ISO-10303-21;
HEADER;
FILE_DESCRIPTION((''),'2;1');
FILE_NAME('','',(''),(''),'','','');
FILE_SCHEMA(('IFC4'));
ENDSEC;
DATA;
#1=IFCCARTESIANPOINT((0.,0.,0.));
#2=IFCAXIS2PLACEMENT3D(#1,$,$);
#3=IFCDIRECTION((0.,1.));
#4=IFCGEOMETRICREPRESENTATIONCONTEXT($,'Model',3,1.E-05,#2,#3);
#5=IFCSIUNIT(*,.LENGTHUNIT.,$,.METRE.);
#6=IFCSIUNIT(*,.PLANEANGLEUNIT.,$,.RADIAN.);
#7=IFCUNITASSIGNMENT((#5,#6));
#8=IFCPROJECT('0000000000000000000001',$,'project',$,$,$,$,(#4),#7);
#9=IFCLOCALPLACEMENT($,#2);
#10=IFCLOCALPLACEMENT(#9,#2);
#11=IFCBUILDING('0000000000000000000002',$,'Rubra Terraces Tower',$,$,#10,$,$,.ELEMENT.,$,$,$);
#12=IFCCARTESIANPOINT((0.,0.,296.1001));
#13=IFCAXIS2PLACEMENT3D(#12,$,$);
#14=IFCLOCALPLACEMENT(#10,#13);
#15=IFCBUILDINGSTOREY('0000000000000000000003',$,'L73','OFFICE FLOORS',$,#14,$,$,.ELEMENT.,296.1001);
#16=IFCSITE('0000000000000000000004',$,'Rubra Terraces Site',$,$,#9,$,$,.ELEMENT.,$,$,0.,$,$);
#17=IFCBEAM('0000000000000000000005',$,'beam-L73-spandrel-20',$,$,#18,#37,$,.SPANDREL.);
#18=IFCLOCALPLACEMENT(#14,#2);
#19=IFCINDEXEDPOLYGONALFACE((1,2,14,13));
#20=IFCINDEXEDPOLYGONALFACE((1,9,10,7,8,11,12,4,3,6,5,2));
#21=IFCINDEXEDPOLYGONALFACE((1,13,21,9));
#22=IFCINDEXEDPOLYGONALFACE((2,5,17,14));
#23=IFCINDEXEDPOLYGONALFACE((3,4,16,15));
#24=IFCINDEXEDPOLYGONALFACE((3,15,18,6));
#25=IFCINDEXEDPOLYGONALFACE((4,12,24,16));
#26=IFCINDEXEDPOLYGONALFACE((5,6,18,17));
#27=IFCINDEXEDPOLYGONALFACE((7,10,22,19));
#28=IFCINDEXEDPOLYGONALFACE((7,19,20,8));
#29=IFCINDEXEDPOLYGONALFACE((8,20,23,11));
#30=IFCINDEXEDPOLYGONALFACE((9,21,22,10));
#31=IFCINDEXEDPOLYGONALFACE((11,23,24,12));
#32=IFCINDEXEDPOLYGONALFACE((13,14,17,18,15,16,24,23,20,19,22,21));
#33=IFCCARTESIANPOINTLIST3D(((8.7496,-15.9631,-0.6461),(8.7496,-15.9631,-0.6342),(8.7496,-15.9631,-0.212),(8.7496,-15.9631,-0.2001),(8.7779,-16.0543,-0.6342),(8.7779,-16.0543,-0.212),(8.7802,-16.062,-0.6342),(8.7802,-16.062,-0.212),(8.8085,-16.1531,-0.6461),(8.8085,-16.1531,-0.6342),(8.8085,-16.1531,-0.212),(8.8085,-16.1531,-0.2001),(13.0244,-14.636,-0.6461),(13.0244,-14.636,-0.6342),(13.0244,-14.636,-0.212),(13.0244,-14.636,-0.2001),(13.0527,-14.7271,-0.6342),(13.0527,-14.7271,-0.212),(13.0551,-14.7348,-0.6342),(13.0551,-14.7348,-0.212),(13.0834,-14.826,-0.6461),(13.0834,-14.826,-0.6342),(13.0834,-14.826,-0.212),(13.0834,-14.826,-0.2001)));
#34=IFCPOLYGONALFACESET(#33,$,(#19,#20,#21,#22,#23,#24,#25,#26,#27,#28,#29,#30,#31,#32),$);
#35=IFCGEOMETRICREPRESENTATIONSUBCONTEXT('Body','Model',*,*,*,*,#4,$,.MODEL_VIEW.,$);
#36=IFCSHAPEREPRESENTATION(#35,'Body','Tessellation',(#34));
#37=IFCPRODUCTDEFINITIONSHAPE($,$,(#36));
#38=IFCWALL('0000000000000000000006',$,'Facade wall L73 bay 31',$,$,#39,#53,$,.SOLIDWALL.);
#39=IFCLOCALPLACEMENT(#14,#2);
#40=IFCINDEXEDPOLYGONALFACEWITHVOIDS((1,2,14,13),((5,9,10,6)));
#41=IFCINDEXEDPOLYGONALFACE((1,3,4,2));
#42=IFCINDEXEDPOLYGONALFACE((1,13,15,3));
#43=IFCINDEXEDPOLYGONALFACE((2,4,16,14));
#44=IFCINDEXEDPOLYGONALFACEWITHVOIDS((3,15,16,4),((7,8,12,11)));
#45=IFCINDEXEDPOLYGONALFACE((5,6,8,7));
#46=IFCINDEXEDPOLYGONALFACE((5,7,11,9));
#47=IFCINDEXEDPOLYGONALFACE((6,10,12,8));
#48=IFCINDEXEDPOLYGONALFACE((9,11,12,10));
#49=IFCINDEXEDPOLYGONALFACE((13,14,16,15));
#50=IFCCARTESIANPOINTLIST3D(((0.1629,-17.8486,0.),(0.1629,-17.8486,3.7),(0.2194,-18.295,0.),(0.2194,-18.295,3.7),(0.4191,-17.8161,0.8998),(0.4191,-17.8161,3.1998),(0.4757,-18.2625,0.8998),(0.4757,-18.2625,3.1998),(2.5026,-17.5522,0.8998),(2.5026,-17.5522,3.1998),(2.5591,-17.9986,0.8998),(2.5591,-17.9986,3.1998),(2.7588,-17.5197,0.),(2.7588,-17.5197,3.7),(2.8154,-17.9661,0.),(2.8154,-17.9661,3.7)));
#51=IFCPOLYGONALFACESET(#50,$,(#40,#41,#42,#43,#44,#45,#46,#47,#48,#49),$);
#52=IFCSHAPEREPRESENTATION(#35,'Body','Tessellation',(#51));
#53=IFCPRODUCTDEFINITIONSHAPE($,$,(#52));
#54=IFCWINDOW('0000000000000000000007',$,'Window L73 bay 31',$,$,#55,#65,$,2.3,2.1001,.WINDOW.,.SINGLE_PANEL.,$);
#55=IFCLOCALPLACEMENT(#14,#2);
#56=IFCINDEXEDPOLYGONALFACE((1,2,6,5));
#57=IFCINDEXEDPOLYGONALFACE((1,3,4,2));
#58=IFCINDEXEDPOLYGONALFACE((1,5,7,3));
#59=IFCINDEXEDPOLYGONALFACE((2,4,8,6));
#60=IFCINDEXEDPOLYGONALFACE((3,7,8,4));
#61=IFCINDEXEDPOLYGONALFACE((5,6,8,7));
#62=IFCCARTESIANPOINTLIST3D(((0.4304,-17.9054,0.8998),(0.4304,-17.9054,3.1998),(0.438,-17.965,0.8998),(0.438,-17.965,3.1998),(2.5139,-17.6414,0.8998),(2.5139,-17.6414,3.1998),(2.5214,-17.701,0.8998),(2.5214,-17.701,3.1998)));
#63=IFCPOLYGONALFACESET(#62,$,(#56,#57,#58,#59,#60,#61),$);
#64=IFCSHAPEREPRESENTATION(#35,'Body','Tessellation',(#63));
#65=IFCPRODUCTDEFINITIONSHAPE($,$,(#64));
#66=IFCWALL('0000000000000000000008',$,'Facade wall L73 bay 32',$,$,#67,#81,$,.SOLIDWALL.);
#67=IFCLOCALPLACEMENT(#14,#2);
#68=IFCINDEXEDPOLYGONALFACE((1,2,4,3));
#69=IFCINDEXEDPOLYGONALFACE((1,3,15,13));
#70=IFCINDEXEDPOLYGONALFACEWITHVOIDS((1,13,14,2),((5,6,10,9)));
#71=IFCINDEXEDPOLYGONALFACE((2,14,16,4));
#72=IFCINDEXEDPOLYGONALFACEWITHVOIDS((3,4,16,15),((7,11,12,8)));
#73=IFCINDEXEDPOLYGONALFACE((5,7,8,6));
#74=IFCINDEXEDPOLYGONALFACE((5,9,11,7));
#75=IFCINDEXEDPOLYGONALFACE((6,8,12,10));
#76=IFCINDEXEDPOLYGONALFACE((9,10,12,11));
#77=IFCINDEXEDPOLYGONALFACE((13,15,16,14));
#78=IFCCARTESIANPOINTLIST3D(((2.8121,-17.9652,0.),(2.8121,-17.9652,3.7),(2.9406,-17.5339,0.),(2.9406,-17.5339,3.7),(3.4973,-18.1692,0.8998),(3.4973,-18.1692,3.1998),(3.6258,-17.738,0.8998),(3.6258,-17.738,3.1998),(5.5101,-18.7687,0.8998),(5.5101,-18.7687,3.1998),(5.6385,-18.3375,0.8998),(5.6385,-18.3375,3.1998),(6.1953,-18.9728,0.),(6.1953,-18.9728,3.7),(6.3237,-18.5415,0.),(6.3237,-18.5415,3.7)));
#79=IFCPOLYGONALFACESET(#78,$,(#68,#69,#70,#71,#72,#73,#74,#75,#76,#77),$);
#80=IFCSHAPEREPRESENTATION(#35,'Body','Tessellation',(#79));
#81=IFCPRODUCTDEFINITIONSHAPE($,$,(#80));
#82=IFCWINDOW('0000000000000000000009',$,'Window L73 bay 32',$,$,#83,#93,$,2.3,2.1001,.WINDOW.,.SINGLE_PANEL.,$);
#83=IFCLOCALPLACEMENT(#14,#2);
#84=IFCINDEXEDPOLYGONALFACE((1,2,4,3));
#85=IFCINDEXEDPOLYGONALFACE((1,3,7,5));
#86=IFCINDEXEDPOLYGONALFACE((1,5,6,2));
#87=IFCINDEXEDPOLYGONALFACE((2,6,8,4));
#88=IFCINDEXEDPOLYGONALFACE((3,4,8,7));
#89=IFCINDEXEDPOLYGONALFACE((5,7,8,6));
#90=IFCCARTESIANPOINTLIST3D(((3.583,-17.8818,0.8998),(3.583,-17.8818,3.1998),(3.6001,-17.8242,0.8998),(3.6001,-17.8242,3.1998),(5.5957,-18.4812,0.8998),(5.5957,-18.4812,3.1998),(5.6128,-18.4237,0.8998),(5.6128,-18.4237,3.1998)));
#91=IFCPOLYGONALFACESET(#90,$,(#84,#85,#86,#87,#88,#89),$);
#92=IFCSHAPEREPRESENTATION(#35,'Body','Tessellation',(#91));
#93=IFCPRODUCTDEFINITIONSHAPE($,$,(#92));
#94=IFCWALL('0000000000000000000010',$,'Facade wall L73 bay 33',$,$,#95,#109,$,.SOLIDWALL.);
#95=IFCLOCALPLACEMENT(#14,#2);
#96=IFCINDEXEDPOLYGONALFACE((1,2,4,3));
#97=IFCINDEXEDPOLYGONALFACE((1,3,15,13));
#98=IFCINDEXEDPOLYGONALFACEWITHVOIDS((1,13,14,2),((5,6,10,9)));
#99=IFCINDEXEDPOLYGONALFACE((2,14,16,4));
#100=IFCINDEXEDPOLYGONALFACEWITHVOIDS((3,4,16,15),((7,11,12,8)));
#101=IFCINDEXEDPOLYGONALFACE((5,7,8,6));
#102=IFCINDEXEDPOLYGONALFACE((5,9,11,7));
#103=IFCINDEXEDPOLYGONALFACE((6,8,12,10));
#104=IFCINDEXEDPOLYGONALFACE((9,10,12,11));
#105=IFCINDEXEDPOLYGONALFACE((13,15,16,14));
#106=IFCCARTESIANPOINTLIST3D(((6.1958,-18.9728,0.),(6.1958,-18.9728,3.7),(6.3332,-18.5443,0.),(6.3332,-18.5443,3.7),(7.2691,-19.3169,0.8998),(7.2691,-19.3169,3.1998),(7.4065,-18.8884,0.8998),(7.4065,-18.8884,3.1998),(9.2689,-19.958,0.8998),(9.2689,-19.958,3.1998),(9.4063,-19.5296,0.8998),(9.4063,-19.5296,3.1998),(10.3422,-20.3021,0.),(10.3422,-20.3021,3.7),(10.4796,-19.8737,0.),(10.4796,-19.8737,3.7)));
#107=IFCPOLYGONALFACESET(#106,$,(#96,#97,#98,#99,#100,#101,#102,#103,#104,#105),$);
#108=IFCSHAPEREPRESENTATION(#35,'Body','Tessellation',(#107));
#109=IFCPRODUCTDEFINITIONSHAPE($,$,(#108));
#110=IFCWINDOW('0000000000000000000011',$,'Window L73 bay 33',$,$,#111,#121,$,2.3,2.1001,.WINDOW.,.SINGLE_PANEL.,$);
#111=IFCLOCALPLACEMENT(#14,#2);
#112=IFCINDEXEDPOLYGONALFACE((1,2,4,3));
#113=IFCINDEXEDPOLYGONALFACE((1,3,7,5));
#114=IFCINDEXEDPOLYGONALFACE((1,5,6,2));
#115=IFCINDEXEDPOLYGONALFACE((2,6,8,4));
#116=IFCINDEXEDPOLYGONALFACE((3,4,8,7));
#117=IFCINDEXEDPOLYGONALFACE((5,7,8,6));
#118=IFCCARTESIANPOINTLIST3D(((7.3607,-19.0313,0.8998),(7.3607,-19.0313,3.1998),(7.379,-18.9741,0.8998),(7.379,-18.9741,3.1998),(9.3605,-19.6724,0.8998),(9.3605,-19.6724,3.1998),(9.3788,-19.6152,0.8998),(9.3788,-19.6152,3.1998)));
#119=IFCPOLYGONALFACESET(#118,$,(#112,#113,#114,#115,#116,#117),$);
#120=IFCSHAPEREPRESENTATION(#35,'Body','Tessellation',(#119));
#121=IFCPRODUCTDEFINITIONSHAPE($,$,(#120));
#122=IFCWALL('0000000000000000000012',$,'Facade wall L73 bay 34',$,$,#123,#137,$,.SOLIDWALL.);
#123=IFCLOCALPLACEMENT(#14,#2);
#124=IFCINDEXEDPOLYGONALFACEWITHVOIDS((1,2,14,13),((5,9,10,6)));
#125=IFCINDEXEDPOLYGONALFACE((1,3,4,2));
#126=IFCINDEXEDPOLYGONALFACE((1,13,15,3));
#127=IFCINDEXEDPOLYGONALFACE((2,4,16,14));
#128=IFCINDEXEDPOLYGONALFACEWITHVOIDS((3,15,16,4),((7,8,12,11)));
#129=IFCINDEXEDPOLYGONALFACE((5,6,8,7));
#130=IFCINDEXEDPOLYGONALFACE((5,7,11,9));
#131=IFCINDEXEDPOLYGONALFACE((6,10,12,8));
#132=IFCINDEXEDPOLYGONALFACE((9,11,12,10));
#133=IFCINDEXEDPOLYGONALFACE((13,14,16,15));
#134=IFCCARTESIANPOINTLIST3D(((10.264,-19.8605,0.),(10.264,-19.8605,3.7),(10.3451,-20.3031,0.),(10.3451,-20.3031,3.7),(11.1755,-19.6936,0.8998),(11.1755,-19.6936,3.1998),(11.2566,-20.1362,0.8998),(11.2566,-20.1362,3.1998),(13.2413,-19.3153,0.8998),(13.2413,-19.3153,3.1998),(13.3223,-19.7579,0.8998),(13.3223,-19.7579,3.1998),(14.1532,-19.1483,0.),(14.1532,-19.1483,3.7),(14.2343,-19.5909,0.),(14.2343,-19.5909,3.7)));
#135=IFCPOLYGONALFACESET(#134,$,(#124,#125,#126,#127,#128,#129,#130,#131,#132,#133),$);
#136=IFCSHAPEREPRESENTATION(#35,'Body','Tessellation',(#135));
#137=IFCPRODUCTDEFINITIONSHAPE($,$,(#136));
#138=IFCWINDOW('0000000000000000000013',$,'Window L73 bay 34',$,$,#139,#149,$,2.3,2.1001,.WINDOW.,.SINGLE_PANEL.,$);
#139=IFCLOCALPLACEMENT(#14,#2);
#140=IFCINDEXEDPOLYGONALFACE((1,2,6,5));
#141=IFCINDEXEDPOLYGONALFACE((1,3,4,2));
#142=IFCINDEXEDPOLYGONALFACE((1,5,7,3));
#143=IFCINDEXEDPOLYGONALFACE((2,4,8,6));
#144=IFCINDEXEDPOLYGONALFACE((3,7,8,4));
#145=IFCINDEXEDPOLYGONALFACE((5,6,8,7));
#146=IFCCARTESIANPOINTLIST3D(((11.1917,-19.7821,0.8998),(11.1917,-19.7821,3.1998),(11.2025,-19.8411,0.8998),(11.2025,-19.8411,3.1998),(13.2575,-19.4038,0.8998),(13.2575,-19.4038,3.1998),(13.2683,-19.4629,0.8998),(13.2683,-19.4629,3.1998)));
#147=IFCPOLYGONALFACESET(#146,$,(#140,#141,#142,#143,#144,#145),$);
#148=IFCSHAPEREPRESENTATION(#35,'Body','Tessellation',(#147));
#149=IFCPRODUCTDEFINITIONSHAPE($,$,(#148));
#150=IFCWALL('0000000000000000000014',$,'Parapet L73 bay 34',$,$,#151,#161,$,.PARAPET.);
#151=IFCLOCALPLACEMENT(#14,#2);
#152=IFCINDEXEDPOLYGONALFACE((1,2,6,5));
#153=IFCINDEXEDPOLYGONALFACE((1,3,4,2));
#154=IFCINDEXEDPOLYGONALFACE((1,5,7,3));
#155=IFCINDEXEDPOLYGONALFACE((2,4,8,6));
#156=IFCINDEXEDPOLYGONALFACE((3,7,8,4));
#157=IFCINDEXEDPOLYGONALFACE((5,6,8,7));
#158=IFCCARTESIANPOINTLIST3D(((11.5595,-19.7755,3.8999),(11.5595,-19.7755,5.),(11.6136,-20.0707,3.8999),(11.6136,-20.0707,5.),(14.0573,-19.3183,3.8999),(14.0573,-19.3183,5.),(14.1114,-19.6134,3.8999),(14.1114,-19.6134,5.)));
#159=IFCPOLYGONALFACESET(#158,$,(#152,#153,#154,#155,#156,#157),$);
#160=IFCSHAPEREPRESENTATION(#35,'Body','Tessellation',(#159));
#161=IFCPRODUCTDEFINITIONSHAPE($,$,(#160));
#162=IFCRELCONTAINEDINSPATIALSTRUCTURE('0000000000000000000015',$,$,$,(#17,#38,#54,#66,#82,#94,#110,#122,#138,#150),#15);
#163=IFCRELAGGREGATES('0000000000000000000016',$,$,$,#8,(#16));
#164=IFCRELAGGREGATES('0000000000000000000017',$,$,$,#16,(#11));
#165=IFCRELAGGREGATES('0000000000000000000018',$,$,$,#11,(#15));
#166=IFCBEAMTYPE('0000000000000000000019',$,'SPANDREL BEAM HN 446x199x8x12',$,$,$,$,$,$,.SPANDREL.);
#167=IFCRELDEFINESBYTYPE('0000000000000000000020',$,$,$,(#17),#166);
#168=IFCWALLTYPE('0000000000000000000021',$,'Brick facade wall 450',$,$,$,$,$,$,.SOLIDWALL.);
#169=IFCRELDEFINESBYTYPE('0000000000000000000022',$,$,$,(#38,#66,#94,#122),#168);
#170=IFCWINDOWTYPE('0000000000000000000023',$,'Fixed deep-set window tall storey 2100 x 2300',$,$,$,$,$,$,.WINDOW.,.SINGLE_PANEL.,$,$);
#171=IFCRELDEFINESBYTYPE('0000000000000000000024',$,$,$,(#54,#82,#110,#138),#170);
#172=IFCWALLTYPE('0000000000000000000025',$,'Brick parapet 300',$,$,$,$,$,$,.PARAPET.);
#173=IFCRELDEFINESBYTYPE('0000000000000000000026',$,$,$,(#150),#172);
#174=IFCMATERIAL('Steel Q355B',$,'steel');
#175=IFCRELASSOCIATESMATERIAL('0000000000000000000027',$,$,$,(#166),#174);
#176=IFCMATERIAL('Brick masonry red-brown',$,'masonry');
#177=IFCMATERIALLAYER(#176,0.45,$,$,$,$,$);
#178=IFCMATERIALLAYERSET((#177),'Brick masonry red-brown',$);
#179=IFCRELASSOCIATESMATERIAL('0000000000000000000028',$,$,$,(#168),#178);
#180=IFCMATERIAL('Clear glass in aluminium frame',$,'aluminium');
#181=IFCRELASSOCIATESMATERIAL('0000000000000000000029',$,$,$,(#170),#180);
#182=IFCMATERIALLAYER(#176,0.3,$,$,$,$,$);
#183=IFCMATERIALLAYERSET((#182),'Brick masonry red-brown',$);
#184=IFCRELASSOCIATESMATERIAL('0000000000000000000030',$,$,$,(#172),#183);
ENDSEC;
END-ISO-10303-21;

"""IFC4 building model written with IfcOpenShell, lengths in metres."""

from ifc_helpers import new_model, si_unit, direction, frame, frame_2d, origin, origin_2d, place, context, subcontext, project, spatial, rectangle, i_section, extrude, material, layer, layer_set, material_profile, profile_set, type_object, element, fill, save


model = new_model("IFC4")

# Units and contexts
model_context = context("Model", 3, precision=1e-05, world=origin(), true_north=direction((0.0, 1.0)))
body_context = subcontext(model_context, "Body", "Model", "MODEL_VIEW")
ifc_project = project(units=[si_unit("LENGTHUNIT", "METRE"), si_unit("PLANEANGLEUNIT", "RADIAN")], contexts=[model_context])

# Site, building, storey
site_placement = place(None, origin())
site = spatial("IfcSite", under=ifc_project, at=site_placement, Name="Rubra Terraces Site", CompositionType="ELEMENT", RefElevation=0.0)
building_placement = place(site_placement, origin())
building = spatial("IfcBuilding", under=site, at=building_placement, Name="Rubra Terraces Tower", CompositionType="ELEMENT")
storey_placement = place(building_placement, frame((0.0, 0.0, 296.1001)))
storey = spatial("IfcBuildingStorey", under=building, at=storey_placement, Name="L73", Description="OFFICE FLOORS", CompositionType="ELEMENT", Elevation=296.1001)

# Beam
ifc_material_1 = material(Name="Steel Q355B", Category="steel")
ifc_material_profile_1 = material_profile(ifc_material_1, i_section(OverallWidth=0.199, OverallDepth=0.446, WebThickness=0.0081, FlangeThickness=0.012, at=origin_2d()), Name="HN 446x199x8x12")
ifc_profile_set_1 = profile_set([ifc_material_profile_1], Name="Steel Q355B")
beam_type_1 = type_object("IfcBeamType", Name="SPANDREL BEAM HN 446x199x8x12", PredefinedType="SPANDREL", material=ifc_profile_set_1)
beam_1_placement = place(storey_placement, frame((8.7791, -16.0581, -0.4231), z_axis=(0.955035, 0.296492, 0.0), x_axis=(-0.296492, 0.955035, 0.0)))
element("IfcBeam", 1, at=beam_1_placement, inside=storey, type_object=beam_type_1, Name="beam-L73-spandrel-20", PredefinedType="SPANDREL", context=body_context, shape_type="SweptSolid", body=[
    extrude(i_section(OverallWidth=0.199, OverallDepth=0.446, WebThickness=0.0081, FlangeThickness=0.012, at=origin_2d()), origin(), (0.0, 0.0, 1.0), 4.4761),
])

# Walls, openings, windows
ifc_material_2 = material(Name="Brick masonry red-brown", Category="masonry")
ifc_layer_1 = layer(ifc_material_2, 0.45)
ifc_layer_set_1 = layer_set([ifc_layer_1], Name="Brick masonry red-brown")
wall_type_1 = type_object("IfcWallType", Name="Brick facade wall 450", PredefinedType="SOLIDWALL", material=ifc_layer_set_1)
wall_1_placement = place(storey_placement, frame((0.1912, -18.0718, 0.0), z_axis=(0.0, 0.0, 1.0), x_axis=(0.992071, 0.125677, 0.0)))
wall_1 = element("IfcWall", 2, at=wall_1_placement, inside=storey, type_object=wall_type_1, Name="Facade wall L73 bay 31", PredefinedType="SOLIDWALL", context=body_context, shape_type="SweptSolid", body=[
    extrude(rectangle(XDim=2.6167, YDim=0.45, at=frame_2d((1.3083, 0.0))), origin(), (0.0, 0.0, 1.0), 3.7),
])
opening_1_placement = place(wall_1_placement, frame((0.2583, 0.0, 0.8999)))
opening_1 = element("IfcOpeningElement", 3, at=opening_1_placement, cuts=wall_1, PredefinedType="OPENING", context=body_context, shape_type="SweptSolid", body=[
    extrude(rectangle(XDim=2.1001, YDim=2.3, at=frame_2d((1.05, 1.1499))), frame((0.0, 0.2349, 0.0), z_axis=(0.0, -1.0, 0.0), x_axis=(1.0, 0.0, 0.0)), (0.0, 0.0, 1.0), 0.47),
])
ifc_material_3 = material(Name="Clear glass in aluminium frame", Category="aluminium")
window_type = type_object("IfcWindowType", Name="Fixed deep-set window tall storey 2100 x 2300", PartitioningType="SINGLE_PANEL", PredefinedType="WINDOW", material=ifc_material_3)
window_1_placement = place(opening_1_placement, origin())
window_1 = element("IfcWindow", 4, at=window_1_placement, inside=storey, type_object=window_type, Name="Window L73 bay 31", OverallHeight=2.3, OverallWidth=2.1001, PartitioningType="SINGLE_PANEL", PredefinedType="WINDOW", context=body_context, shape_type="SweptSolid", body=[
    extrude(rectangle(XDim=2.1001, YDim=2.3, at=frame_2d((1.05, 1.1499))), frame((0.0, 0.135, 0.0), z_axis=(0.0, -1.0, 0.0), x_axis=(1.0, 0.0, 0.0)), (0.0, 0.0, 1.0), 0.0601),
])
fill(opening_1, window_1)
wall_2_placement = place(storey_placement, frame((2.8762, -17.7495, 0.0), z_axis=(0.0, 0.0, 1.0), x_axis=(0.958397, -0.285437, 0.0)))
wall_2 = element("IfcWall", 5, at=wall_2_placement, inside=storey, type_object=wall_type_1, Name="Facade wall L73 bay 32", PredefinedType="SOLIDWALL", context=body_context, shape_type="SweptSolid", body=[
    extrude(rectangle(XDim=3.53, YDim=0.45, at=frame_2d((1.7651, 0.0))), origin(), (0.0, 0.0, 1.0), 3.7),
])
opening_2_placement = place(wall_2_placement, frame((0.7151, 0.0, 0.8999)))
opening_2 = element("IfcOpeningElement", 6, at=opening_2_placement, cuts=wall_2, PredefinedType="OPENING", context=body_context, shape_type="SweptSolid", body=[
    extrude(rectangle(XDim=2.1001, YDim=2.3, at=frame_2d((1.05, 1.1499))), frame((0.0, 0.2349, 0.0), z_axis=(0.0, -1.0, 0.0), x_axis=(1.0, 0.0, 0.0)), (0.0, 0.0, 1.0), 0.47),
])
window_2_placement = place(opening_2_placement, origin())
window_2 = element("IfcWindow", 7, at=window_2_placement, inside=storey, type_object=window_type, Name="Window L73 bay 32", OverallHeight=2.3, OverallWidth=2.1001, PartitioningType="SINGLE_PANEL", PredefinedType="WINDOW", context=body_context, shape_type="SweptSolid", body=[
    extrude(rectangle(XDim=2.1001, YDim=2.3, at=frame_2d((1.05, 1.1499))), frame((0.0, 0.135, 0.0), z_axis=(0.0, -1.0, 0.0), x_axis=(1.0, 0.0, 0.0)), (0.0, 0.0, 1.0), 0.0601),
])
fill(opening_2, window_2)
wall_3_placement = place(storey_placement, frame((6.2644, -18.7585, 0.0), z_axis=(0.0, 0.0, 1.0), x_axis=(0.952259, -0.30529, 0.0)))
wall_3 = element("IfcWall", 8, at=wall_3_placement, inside=storey, type_object=wall_type_1, Name="Facade wall L73 bay 33", PredefinedType="SOLIDWALL", context=body_context, shape_type="SweptSolid", body=[
    extrude(rectangle(XDim=4.3542, YDim=0.45, at=frame_2d((2.1772, 0.0))), origin(), (0.0, 0.0, 1.0), 3.7),
])
opening_3_placement = place(wall_3_placement, frame((1.1272, 0.0, 0.8999)))
opening_3 = element("IfcOpeningElement", 9, at=opening_3_placement, cuts=wall_3, PredefinedType="OPENING", context=body_context, shape_type="SweptSolid", body=[
    extrude(rectangle(XDim=2.1001, YDim=2.3, at=frame_2d((1.05, 1.1499))), frame((0.0, 0.2349, 0.0), z_axis=(0.0, -1.0, 0.0), x_axis=(1.0, 0.0, 0.0)), (0.0, 0.0, 1.0), 0.47),
])
window_3_placement = place(opening_3_placement, origin())
window_3 = element("IfcWindow", 10, at=window_3_placement, inside=storey, type_object=window_type, Name="Window L73 bay 33", OverallHeight=2.3, OverallWidth=2.1001, PartitioningType="SINGLE_PANEL", PredefinedType="WINDOW", context=body_context, shape_type="SweptSolid", body=[
    extrude(rectangle(XDim=2.1001, YDim=2.3, at=frame_2d((1.05, 1.1499))), frame((0.0, 0.135, 0.0), z_axis=(0.0, -1.0, 0.0), x_axis=(1.0, 0.0, 0.0)), (0.0, 0.0, 1.0), 0.0601),
])
fill(opening_3, window_3)
wall_4_placement = place(storey_placement, frame((10.3044, -20.0818, 0.0), z_axis=(0.0, 0.0, 1.0), x_axis=(0.983645, 0.180119, 0.0)))
wall_4 = element("IfcWall", 11, at=wall_4_placement, inside=storey, type_object=wall_type_1, Name="Facade wall L73 bay 34", PredefinedType="SOLIDWALL", context=body_context, shape_type="SweptSolid", body=[
    extrude(rectangle(XDim=3.9539, YDim=0.45, at=frame_2d((1.9771, 0.0))), origin(), (0.0, 0.0, 1.0), 3.7),
])
opening_4_placement = place(wall_4_placement, frame((0.9268, 0.0, 0.8999)))
opening_4 = element("IfcOpeningElement", 12, at=opening_4_placement, cuts=wall_4, PredefinedType="OPENING", context=body_context, shape_type="SweptSolid", body=[
    extrude(rectangle(XDim=2.1001, YDim=2.3, at=frame_2d((1.05, 1.1499))), frame((0.0, 0.2349, 0.0), z_axis=(0.0, -1.0, 0.0), x_axis=(1.0, 0.0, 0.0)), (0.0, 0.0, 1.0), 0.47),
])
window_4_placement = place(opening_4_placement, origin())
window_4 = element("IfcWindow", 13, at=window_4_placement, inside=storey, type_object=window_type, Name="Window L73 bay 34", OverallHeight=2.3, OverallWidth=2.1001, PartitioningType="SINGLE_PANEL", PredefinedType="WINDOW", context=body_context, shape_type="SweptSolid", body=[
    extrude(rectangle(XDim=2.1001, YDim=2.3, at=frame_2d((1.05, 1.1499))), frame((0.0, 0.135, 0.0), z_axis=(0.0, -1.0, 0.0), x_axis=(1.0, 0.0, 0.0)), (0.0, 0.0, 1.0), 0.0601),
])
fill(opening_4, window_4)

# Wall
ifc_layer_2 = layer(ifc_material_2, 0.3)
ifc_layer_set_2 = layer_set([ifc_layer_2], Name="Brick masonry red-brown")
wall_type_2 = type_object("IfcWallType", Name="Brick parapet 300", PredefinedType="PARAPET", material=ifc_layer_set_2)
wall_5_placement = place(storey_placement, frame((11.5867, -19.9231, 3.8999), z_axis=(0.0, 0.0, 1.0), x_axis=(0.983652, 0.180078, 0.0)))
element("IfcWall", 14, at=wall_5_placement, inside=storey, type_object=wall_type_2, Name="Parapet L73 bay 34", PredefinedType="PARAPET", context=body_context, shape_type="SweptSolid", body=[
    extrude(rectangle(XDim=2.5393, YDim=0.3, at=frame_2d((1.2695, 0.0))), origin(), (0.0, 0.0, 1.0), 1.1001),
])

save(model, "model.ifc")
